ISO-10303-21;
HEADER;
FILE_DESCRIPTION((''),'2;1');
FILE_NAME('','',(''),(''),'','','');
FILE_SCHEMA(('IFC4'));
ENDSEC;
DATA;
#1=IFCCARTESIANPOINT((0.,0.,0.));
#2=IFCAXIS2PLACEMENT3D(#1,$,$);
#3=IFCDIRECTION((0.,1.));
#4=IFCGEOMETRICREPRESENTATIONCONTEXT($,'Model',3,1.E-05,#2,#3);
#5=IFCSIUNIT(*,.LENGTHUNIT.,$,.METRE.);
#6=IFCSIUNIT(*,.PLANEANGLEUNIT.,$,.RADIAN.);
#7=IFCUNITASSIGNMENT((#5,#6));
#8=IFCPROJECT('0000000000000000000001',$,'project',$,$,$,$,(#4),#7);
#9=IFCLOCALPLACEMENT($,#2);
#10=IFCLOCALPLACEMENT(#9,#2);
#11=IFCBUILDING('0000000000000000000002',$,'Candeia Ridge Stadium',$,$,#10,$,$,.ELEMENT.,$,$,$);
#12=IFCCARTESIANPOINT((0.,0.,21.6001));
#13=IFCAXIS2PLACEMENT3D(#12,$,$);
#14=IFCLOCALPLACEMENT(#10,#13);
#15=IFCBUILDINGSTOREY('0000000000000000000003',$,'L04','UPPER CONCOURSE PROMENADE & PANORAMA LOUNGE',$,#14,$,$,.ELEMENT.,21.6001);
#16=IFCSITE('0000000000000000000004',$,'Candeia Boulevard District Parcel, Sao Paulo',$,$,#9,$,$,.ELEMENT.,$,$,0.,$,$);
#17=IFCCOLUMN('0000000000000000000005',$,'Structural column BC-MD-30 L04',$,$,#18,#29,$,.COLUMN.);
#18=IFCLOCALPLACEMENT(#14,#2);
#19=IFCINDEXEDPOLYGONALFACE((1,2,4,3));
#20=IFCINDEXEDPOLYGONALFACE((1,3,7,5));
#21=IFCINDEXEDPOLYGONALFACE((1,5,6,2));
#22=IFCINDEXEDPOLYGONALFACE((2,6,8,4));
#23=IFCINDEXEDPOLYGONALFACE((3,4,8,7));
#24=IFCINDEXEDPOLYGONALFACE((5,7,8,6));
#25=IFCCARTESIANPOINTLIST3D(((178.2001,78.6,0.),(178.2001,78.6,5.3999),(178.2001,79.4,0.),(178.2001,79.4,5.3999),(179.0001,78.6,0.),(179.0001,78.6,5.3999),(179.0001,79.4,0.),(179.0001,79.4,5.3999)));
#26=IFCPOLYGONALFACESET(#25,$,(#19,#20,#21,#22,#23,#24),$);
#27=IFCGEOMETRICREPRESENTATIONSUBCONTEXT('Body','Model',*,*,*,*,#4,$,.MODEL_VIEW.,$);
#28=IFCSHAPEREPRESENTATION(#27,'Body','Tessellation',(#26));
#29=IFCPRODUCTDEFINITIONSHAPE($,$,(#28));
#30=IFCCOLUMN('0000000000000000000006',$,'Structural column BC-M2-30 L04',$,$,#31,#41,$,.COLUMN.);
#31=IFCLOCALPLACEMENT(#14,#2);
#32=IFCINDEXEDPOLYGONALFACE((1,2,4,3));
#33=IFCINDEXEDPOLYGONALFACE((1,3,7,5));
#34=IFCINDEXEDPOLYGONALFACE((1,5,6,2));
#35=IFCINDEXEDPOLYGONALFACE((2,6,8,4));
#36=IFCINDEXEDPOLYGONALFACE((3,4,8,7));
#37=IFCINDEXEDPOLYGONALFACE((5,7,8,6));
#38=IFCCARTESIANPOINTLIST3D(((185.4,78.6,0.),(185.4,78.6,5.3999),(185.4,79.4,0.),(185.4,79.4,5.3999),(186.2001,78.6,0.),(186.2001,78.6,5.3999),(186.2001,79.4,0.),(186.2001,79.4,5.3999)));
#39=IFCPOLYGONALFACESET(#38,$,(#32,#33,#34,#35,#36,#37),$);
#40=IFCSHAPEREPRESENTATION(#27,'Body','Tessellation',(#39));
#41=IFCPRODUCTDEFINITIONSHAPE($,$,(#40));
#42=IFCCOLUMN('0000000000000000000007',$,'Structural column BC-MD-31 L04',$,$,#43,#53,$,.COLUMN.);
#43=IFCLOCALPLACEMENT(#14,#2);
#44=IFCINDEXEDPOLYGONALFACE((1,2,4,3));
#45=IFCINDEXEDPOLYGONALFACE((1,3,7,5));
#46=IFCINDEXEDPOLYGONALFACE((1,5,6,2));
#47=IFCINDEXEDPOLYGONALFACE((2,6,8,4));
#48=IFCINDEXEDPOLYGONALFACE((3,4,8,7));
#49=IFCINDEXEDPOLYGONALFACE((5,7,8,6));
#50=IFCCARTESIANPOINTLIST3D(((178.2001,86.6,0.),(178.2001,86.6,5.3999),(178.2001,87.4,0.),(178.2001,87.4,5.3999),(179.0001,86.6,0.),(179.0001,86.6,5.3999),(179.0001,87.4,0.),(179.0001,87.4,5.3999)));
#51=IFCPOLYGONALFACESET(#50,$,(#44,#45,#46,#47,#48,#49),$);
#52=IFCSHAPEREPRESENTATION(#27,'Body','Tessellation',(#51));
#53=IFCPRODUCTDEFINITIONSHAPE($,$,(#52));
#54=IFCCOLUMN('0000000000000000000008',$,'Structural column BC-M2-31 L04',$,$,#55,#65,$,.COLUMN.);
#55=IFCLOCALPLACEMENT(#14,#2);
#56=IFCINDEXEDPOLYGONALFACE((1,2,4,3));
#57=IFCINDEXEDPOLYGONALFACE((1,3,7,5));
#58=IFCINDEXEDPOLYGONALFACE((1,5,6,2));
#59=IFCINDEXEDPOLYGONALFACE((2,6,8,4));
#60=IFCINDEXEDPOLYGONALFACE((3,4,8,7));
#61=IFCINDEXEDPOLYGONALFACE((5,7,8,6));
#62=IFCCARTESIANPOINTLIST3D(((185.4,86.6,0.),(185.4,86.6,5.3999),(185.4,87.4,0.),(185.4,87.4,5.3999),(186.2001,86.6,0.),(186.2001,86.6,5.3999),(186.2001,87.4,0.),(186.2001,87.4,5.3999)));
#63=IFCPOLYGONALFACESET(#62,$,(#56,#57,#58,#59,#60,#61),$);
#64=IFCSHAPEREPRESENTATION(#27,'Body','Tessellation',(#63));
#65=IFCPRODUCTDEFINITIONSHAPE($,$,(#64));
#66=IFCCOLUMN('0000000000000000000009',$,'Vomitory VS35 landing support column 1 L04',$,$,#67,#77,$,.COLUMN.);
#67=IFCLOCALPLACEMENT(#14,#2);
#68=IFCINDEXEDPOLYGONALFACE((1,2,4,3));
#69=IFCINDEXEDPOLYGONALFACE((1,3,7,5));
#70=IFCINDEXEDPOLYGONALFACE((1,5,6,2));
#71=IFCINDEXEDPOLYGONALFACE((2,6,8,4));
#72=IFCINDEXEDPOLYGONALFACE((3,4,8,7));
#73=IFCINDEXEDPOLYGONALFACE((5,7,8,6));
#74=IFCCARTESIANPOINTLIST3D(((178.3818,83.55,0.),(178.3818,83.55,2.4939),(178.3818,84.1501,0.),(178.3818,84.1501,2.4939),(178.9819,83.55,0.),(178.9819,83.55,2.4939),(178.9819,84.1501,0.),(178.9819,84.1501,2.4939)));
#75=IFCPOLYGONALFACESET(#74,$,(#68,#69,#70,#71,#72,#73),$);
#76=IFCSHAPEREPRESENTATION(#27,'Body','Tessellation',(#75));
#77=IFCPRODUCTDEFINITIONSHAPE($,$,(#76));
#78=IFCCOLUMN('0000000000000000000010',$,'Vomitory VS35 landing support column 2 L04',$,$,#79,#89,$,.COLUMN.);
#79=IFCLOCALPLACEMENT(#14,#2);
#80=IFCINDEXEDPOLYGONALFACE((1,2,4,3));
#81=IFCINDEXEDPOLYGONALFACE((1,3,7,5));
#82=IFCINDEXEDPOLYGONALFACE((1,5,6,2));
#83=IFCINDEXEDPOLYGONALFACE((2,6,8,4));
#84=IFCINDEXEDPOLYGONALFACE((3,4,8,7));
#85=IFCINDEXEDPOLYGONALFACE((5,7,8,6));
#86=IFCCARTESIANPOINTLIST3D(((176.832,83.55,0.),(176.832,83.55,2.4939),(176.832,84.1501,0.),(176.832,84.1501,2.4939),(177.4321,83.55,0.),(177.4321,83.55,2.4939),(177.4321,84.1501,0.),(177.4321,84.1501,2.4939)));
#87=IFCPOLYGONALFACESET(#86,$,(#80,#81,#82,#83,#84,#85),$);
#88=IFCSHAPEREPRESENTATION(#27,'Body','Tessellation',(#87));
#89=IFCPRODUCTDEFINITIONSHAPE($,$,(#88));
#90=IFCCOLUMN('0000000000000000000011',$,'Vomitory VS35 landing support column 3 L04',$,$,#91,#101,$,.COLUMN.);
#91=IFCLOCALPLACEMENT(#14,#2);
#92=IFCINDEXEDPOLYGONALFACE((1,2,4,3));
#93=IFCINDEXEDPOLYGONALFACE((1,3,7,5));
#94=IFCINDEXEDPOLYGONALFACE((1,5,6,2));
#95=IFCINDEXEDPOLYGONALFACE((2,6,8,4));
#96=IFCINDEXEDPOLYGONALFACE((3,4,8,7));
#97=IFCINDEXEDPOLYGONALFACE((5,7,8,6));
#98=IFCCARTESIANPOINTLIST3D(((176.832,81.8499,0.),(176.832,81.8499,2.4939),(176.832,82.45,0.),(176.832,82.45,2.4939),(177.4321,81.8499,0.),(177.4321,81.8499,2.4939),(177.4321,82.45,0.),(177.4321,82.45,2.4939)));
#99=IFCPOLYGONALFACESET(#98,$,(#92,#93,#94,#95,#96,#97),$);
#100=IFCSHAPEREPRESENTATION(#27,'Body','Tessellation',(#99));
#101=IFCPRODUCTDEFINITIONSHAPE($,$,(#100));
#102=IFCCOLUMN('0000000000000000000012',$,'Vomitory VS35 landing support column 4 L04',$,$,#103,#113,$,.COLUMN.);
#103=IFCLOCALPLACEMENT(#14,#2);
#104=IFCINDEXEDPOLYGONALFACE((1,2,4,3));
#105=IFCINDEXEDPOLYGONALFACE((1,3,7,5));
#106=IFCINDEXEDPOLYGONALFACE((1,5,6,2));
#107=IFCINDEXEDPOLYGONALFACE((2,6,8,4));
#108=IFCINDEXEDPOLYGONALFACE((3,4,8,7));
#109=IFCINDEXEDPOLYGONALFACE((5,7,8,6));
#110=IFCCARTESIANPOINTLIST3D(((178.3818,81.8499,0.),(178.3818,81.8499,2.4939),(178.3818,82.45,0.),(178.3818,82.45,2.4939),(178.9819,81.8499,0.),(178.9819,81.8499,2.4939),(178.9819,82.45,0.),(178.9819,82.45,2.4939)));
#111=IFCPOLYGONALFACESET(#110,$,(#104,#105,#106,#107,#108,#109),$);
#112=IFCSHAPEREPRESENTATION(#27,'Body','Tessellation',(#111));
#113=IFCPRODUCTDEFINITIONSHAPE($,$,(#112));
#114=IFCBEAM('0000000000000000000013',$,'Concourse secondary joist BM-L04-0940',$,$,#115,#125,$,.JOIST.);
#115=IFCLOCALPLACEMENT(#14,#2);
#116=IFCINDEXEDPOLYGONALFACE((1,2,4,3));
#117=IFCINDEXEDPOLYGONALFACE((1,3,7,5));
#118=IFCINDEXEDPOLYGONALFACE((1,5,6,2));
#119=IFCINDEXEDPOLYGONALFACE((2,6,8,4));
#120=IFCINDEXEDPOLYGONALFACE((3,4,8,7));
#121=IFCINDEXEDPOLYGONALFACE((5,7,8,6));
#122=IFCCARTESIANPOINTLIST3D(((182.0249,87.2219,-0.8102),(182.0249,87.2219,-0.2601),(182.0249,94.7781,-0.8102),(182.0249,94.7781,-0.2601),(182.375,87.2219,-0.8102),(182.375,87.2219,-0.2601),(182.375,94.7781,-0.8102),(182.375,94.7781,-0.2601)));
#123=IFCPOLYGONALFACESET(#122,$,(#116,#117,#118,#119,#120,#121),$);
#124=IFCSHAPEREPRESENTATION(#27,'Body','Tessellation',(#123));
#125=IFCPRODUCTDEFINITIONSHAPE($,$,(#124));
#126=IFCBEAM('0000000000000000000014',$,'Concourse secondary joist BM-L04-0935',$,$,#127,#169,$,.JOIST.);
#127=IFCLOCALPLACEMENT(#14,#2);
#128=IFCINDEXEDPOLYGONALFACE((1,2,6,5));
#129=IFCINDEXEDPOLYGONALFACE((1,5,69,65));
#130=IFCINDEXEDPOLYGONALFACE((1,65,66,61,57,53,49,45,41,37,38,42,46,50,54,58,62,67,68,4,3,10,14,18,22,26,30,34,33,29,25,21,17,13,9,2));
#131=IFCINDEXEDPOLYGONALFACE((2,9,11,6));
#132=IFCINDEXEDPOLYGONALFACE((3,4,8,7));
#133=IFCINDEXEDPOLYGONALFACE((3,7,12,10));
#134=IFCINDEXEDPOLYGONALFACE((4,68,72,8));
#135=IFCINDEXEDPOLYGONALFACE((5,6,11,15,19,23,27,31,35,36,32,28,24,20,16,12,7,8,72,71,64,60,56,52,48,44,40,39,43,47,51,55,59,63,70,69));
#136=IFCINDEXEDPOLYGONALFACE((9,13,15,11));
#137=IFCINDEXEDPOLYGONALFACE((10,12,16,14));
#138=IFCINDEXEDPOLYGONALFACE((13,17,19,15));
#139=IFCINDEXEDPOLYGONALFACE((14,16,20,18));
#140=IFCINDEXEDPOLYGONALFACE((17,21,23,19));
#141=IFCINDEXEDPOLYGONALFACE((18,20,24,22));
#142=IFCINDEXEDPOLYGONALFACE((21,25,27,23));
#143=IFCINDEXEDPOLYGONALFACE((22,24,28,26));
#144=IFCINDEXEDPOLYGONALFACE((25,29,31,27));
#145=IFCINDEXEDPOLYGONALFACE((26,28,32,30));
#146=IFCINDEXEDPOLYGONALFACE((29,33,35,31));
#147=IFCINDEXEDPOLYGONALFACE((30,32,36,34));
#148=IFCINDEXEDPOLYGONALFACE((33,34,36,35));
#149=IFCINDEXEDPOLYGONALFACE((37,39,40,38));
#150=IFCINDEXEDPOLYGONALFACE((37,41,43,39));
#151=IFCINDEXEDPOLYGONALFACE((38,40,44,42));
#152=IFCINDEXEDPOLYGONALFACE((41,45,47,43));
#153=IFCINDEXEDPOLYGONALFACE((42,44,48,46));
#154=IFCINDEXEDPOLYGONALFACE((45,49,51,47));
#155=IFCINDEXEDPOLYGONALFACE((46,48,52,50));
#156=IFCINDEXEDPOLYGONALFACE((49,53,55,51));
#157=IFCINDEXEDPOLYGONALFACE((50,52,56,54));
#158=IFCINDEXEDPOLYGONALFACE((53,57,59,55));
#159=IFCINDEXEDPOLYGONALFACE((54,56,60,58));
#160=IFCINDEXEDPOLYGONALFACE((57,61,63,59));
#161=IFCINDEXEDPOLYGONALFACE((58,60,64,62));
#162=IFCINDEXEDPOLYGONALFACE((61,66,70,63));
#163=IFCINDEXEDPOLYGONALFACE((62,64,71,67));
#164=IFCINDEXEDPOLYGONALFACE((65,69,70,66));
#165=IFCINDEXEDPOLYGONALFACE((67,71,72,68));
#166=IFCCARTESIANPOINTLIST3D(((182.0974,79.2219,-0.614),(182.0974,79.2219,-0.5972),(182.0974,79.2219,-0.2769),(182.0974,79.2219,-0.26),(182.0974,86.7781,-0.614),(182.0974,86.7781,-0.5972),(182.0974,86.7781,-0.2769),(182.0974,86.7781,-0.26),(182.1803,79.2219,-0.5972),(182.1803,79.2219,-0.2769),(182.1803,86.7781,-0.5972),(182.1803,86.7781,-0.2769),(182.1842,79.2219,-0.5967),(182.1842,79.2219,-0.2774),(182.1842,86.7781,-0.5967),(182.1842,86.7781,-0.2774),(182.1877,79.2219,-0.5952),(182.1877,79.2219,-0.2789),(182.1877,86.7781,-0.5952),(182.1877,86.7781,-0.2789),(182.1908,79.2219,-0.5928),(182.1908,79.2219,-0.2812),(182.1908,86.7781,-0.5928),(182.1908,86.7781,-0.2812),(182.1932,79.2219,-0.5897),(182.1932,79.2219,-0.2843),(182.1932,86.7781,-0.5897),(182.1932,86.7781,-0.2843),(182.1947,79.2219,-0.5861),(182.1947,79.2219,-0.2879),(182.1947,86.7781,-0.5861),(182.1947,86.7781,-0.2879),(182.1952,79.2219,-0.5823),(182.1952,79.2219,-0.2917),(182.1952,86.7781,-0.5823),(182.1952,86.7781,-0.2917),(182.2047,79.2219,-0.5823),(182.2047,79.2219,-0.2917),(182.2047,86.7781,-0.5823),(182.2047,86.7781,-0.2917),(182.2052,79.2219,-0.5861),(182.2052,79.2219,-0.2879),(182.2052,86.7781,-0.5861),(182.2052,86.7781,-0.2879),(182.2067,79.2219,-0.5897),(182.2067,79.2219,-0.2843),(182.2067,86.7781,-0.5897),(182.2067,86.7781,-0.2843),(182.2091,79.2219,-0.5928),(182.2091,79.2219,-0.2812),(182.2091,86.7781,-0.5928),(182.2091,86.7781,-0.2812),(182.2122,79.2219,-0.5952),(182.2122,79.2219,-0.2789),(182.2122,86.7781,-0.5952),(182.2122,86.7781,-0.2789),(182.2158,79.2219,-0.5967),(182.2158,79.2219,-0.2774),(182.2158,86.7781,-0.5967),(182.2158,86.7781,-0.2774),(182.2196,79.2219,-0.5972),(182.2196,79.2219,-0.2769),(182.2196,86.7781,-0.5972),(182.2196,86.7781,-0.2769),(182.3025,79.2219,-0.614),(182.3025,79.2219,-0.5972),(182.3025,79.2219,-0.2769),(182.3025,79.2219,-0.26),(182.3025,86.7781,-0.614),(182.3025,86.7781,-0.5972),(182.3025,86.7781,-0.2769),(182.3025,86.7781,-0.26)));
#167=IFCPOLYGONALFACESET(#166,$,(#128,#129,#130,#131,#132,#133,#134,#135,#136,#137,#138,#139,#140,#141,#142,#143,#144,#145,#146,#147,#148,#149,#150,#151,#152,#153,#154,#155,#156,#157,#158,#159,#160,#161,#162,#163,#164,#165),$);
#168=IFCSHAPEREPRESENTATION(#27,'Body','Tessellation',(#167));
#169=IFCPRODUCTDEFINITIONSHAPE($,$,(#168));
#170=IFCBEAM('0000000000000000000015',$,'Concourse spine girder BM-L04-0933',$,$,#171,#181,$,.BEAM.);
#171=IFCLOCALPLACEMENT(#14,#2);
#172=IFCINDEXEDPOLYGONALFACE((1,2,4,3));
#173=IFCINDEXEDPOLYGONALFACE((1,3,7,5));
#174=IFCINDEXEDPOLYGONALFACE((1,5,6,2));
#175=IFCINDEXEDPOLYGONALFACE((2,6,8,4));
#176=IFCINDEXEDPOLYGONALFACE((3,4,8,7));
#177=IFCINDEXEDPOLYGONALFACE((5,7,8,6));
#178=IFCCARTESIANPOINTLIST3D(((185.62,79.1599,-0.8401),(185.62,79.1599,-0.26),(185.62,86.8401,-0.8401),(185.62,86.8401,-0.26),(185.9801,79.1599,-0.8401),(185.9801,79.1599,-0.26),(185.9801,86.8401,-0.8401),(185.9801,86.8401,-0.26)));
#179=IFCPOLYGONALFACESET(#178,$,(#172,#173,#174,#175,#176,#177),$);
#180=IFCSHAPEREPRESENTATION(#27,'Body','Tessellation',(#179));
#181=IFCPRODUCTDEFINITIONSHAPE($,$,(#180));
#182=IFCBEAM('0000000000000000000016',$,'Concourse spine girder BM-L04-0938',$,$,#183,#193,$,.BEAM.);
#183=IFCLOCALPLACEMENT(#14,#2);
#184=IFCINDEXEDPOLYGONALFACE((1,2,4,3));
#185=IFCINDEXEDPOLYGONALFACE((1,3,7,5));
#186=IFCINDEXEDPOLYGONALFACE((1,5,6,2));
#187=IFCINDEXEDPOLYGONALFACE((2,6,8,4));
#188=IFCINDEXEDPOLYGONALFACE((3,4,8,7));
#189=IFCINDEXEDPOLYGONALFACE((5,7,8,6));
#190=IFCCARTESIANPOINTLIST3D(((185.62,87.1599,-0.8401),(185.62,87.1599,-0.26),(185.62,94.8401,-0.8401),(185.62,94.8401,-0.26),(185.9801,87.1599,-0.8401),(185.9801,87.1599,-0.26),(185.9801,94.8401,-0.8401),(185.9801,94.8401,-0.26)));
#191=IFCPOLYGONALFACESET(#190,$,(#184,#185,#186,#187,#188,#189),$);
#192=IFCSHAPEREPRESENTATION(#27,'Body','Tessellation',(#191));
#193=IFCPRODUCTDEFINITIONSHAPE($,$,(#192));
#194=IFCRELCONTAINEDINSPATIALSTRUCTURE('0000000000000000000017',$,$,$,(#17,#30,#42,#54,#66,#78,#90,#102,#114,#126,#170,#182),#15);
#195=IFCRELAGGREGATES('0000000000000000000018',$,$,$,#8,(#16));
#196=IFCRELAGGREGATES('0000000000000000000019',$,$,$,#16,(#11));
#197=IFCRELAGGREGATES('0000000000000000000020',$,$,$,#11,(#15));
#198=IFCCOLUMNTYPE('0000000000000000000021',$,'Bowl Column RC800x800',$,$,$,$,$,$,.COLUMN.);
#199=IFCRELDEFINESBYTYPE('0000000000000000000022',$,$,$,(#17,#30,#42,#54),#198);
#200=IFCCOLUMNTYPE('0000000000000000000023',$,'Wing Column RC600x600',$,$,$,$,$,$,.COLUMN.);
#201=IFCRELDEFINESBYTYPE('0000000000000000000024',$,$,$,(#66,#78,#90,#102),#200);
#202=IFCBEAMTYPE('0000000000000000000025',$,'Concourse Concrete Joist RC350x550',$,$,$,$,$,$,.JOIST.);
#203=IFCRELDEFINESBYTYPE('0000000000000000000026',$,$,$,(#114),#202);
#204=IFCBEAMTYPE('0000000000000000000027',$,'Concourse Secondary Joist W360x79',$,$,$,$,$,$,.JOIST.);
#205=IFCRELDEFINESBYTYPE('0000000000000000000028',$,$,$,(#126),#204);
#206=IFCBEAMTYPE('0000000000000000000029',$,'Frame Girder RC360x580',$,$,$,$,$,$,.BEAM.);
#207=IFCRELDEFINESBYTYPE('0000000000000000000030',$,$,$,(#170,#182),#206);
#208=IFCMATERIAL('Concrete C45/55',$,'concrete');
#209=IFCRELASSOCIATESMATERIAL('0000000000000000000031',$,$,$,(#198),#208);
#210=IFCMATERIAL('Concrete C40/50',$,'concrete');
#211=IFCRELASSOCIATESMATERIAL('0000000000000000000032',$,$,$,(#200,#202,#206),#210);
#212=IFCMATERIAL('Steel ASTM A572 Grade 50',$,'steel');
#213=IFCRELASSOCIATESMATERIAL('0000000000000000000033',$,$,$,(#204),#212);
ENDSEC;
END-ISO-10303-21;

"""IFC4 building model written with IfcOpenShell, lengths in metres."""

from ifc_helpers import new_model, si_unit, direction, frame, origin, origin_2d, place, context, subcontext, project, spatial, rectangle, i_section, extrude, material, material_profile, profile_set, type_object, element, save


model = new_model("IFC4")

# Units and contexts
model_context = context("Model", 3, precision=1e-05, world=origin(), true_north=direction((0.0, 1.0)))
body_context = subcontext(model_context, "Body", "Model", "MODEL_VIEW")
ifc_project = project(units=[si_unit("LENGTHUNIT", "METRE"), si_unit("PLANEANGLEUNIT", "RADIAN")], contexts=[model_context])

# Site, building, storey
site_placement = place(None, origin())
site = spatial("IfcSite", under=ifc_project, at=site_placement, Name="Candeia Boulevard District Parcel, Sao Paulo", CompositionType="ELEMENT", RefElevation=0.0)
building_placement = place(site_placement, origin())
building = spatial("IfcBuilding", under=site, at=building_placement, Name="Candeia Ridge Stadium", CompositionType="ELEMENT")
storey_placement = place(building_placement, frame((0.0, 0.0, 21.6001)))
storey = spatial("IfcBuildingStorey", under=building, at=storey_placement, Name="L04", Description="UPPER CONCOURSE PROMENADE & PANORAMA LOUNGE", CompositionType="ELEMENT", Elevation=21.6001)

# Columns
ifc_material_1 = material(Name="Concrete C45/55", Category="concrete")
ifc_material_profile_1 = material_profile(ifc_material_1, rectangle(XDim=0.8, YDim=0.8, at=origin_2d()), Name="RC800x800", Category="concrete")
ifc_profile_set_1 = profile_set([ifc_material_profile_1], Name="Concrete C45/55")
column_type_1 = type_object("IfcColumnType", Name="Bowl Column RC800x800", PredefinedType="COLUMN", material=ifc_profile_set_1)
for number, where, z_axis, x_axis, name in (
    (1, (178.6001, 79.0, 0.0), (0.0, 0.0, 1.0), (1.0, 0.0, 0.0), "Structural column BC-MD-30 L04"),
    (2, (185.8, 79.0, 0.0), (0.0, 0.0, 1.0), (1.0, 0.0, 0.0), "Structural column BC-M2-30 L04"),
    (3, (178.6001, 87.0, 0.0), (0.0, 0.0, 1.0), (1.0, 0.0, 0.0), "Structural column BC-MD-31 L04"),
    (4, (185.8, 87.0, 0.0), (0.0, 0.0, 1.0), (1.0, 0.0, 0.0), "Structural column BC-M2-31 L04"),
):
    element("IfcColumn", number, at=place(storey_placement, frame(where, z_axis=z_axis, x_axis=x_axis)), inside=storey, type_object=column_type_1, Name=name, PredefinedType="COLUMN", context=body_context, shape_type="SweptSolid", body=[
        extrude(rectangle(XDim=0.8, YDim=0.8, at=origin_2d()), origin(), (0.0, 0.0, 1.0), 5.3999),
    ])
ifc_material_2 = material(Name="Concrete C40/50", Category="concrete")
ifc_material_profile_2 = material_profile(ifc_material_2, rectangle(XDim=0.6001, YDim=0.6001, at=origin_2d()), Name="RC600x600", Category="concrete")
ifc_profile_set_2 = profile_set([ifc_material_profile_2], Name="Concrete C40/50")
column_type_2 = type_object("IfcColumnType", Name="Wing Column RC600x600", PredefinedType="COLUMN", material=ifc_profile_set_2)
for number, where, z_axis, x_axis, name in (
    (5, (178.6819, 83.8501, 0.0), (0.0, 0.0, 1.0), (1.0, 0.0, 0.0), "Vomitory VS35 landing support column 1 L04"),
    (6, (177.1321, 83.8501, 0.0), (0.0, 0.0, 1.0), (1.0, 0.0, 0.0), "Vomitory VS35 landing support column 2 L04"),
    (7, (177.1321, 82.1499, 0.0), (0.0, 0.0, 1.0), (1.0, 0.0, 0.0), "Vomitory VS35 landing support column 3 L04"),
    (8, (178.6819, 82.1499, 0.0), (0.0, 0.0, 1.0), (1.0, 0.0, 0.0), "Vomitory VS35 landing support column 4 L04"),
):
    element("IfcColumn", number, at=place(storey_placement, frame(where, z_axis=z_axis, x_axis=x_axis)), inside=storey, type_object=column_type_2, Name=name, PredefinedType="COLUMN", context=body_context, shape_type="SweptSolid", body=[
        extrude(rectangle(XDim=0.6001, YDim=0.6001, at=origin_2d()), origin(), (0.0, 0.0, 1.0), 2.4939),
    ])

# Beams
ifc_material_profile_3 = material_profile(ifc_material_2, rectangle(XDim=0.3501, YDim=0.55, at=origin_2d()), Name="RC350x550", Category="concrete")
ifc_profile_set_3 = profile_set([ifc_material_profile_3], Name="Concrete C40/50")
beam_type_1 = type_object("IfcBeamType", Name="Concourse Concrete Joist RC350x550", PredefinedType="JOIST", material=ifc_profile_set_3)
beam_1_placement = place(storey_placement, frame((182.2, 87.2219, -0.5352), z_axis=(0.0, 1.0, 0.0), x_axis=(-1.0, 0.0, 0.0)))
element("IfcBeam", 9, at=beam_1_placement, inside=storey, type_object=beam_type_1, Name="Concourse secondary joist BM-L04-0940", PredefinedType="JOIST", context=body_context, shape_type="SweptSolid", body=[
    extrude(rectangle(XDim=0.3501, YDim=0.55, at=origin_2d()), origin(), (0.0, 0.0, 1.0), 7.5562),
])
ifc_material_3 = material(Name="Steel ASTM A572 Grade 50", Category="steel")
ifc_material_profile_4 = material_profile(ifc_material_3, i_section(OverallWidth=0.2051, OverallDepth=0.354, WebThickness=0.0095, FlangeThickness=0.0168, FilletRadius=0.0149, at=origin_2d()), Name="W360x79", Category="steel")
ifc_profile_set_4 = profile_set([ifc_material_profile_4], Name="Steel ASTM A572 Grade 50")
beam_type_2 = type_object("IfcBeamType", Name="Concourse Secondary Joist W360x79", PredefinedType="JOIST", material=ifc_profile_set_4)
beam_2_placement = place(storey_placement, frame((182.2, 79.2219, -0.437), z_axis=(0.0, 1.0, 0.0), x_axis=(-1.0, 0.0, 0.0)))
element("IfcBeam", 10, at=beam_2_placement, inside=storey, type_object=beam_type_2, Name="Concourse secondary joist BM-L04-0935", PredefinedType="JOIST", context=body_context, shape_type="SweptSolid", body=[
    extrude(i_section(OverallWidth=0.2051, OverallDepth=0.354, WebThickness=0.0095, FlangeThickness=0.0168, FilletRadius=0.0149, at=origin_2d()), origin(), (0.0, 0.0, 1.0), 7.5562),
])
ifc_material_profile_5 = material_profile(ifc_material_2, rectangle(XDim=0.3601, YDim=0.5801, at=origin_2d()), Name="RC360x580", Category="concrete")
ifc_profile_set_5 = profile_set([ifc_material_profile_5], Name="Concrete C40/50")
beam_type_3 = type_object("IfcBeamType", Name="Frame Girder RC360x580", PredefinedType="BEAM", material=ifc_profile_set_5)
for number, where, z_axis, x_axis, name in (
    (11, (185.8, 79.1599, -0.55), (0.0, 1.0, 0.0), (-1.0, 0.0, 0.0), "Concourse spine girder BM-L04-0933"),
    (12, (185.8, 87.1599, -0.55), (0.0, 1.0, 0.0), (-1.0, 0.0, 0.0), "Concourse spine girder BM-L04-0938"),
):
    element("IfcBeam", number, at=place(storey_placement, frame(where, z_axis=z_axis, x_axis=x_axis)), inside=storey, type_object=beam_type_3, Name=name, PredefinedType="BEAM", context=body_context, shape_type="SweptSolid", body=[
        extrude(rectangle(XDim=0.3601, YDim=0.5801, at=origin_2d()), origin(), (0.0, 0.0, 1.0), 7.6802),
    ])

save(model, "model.ifc")
